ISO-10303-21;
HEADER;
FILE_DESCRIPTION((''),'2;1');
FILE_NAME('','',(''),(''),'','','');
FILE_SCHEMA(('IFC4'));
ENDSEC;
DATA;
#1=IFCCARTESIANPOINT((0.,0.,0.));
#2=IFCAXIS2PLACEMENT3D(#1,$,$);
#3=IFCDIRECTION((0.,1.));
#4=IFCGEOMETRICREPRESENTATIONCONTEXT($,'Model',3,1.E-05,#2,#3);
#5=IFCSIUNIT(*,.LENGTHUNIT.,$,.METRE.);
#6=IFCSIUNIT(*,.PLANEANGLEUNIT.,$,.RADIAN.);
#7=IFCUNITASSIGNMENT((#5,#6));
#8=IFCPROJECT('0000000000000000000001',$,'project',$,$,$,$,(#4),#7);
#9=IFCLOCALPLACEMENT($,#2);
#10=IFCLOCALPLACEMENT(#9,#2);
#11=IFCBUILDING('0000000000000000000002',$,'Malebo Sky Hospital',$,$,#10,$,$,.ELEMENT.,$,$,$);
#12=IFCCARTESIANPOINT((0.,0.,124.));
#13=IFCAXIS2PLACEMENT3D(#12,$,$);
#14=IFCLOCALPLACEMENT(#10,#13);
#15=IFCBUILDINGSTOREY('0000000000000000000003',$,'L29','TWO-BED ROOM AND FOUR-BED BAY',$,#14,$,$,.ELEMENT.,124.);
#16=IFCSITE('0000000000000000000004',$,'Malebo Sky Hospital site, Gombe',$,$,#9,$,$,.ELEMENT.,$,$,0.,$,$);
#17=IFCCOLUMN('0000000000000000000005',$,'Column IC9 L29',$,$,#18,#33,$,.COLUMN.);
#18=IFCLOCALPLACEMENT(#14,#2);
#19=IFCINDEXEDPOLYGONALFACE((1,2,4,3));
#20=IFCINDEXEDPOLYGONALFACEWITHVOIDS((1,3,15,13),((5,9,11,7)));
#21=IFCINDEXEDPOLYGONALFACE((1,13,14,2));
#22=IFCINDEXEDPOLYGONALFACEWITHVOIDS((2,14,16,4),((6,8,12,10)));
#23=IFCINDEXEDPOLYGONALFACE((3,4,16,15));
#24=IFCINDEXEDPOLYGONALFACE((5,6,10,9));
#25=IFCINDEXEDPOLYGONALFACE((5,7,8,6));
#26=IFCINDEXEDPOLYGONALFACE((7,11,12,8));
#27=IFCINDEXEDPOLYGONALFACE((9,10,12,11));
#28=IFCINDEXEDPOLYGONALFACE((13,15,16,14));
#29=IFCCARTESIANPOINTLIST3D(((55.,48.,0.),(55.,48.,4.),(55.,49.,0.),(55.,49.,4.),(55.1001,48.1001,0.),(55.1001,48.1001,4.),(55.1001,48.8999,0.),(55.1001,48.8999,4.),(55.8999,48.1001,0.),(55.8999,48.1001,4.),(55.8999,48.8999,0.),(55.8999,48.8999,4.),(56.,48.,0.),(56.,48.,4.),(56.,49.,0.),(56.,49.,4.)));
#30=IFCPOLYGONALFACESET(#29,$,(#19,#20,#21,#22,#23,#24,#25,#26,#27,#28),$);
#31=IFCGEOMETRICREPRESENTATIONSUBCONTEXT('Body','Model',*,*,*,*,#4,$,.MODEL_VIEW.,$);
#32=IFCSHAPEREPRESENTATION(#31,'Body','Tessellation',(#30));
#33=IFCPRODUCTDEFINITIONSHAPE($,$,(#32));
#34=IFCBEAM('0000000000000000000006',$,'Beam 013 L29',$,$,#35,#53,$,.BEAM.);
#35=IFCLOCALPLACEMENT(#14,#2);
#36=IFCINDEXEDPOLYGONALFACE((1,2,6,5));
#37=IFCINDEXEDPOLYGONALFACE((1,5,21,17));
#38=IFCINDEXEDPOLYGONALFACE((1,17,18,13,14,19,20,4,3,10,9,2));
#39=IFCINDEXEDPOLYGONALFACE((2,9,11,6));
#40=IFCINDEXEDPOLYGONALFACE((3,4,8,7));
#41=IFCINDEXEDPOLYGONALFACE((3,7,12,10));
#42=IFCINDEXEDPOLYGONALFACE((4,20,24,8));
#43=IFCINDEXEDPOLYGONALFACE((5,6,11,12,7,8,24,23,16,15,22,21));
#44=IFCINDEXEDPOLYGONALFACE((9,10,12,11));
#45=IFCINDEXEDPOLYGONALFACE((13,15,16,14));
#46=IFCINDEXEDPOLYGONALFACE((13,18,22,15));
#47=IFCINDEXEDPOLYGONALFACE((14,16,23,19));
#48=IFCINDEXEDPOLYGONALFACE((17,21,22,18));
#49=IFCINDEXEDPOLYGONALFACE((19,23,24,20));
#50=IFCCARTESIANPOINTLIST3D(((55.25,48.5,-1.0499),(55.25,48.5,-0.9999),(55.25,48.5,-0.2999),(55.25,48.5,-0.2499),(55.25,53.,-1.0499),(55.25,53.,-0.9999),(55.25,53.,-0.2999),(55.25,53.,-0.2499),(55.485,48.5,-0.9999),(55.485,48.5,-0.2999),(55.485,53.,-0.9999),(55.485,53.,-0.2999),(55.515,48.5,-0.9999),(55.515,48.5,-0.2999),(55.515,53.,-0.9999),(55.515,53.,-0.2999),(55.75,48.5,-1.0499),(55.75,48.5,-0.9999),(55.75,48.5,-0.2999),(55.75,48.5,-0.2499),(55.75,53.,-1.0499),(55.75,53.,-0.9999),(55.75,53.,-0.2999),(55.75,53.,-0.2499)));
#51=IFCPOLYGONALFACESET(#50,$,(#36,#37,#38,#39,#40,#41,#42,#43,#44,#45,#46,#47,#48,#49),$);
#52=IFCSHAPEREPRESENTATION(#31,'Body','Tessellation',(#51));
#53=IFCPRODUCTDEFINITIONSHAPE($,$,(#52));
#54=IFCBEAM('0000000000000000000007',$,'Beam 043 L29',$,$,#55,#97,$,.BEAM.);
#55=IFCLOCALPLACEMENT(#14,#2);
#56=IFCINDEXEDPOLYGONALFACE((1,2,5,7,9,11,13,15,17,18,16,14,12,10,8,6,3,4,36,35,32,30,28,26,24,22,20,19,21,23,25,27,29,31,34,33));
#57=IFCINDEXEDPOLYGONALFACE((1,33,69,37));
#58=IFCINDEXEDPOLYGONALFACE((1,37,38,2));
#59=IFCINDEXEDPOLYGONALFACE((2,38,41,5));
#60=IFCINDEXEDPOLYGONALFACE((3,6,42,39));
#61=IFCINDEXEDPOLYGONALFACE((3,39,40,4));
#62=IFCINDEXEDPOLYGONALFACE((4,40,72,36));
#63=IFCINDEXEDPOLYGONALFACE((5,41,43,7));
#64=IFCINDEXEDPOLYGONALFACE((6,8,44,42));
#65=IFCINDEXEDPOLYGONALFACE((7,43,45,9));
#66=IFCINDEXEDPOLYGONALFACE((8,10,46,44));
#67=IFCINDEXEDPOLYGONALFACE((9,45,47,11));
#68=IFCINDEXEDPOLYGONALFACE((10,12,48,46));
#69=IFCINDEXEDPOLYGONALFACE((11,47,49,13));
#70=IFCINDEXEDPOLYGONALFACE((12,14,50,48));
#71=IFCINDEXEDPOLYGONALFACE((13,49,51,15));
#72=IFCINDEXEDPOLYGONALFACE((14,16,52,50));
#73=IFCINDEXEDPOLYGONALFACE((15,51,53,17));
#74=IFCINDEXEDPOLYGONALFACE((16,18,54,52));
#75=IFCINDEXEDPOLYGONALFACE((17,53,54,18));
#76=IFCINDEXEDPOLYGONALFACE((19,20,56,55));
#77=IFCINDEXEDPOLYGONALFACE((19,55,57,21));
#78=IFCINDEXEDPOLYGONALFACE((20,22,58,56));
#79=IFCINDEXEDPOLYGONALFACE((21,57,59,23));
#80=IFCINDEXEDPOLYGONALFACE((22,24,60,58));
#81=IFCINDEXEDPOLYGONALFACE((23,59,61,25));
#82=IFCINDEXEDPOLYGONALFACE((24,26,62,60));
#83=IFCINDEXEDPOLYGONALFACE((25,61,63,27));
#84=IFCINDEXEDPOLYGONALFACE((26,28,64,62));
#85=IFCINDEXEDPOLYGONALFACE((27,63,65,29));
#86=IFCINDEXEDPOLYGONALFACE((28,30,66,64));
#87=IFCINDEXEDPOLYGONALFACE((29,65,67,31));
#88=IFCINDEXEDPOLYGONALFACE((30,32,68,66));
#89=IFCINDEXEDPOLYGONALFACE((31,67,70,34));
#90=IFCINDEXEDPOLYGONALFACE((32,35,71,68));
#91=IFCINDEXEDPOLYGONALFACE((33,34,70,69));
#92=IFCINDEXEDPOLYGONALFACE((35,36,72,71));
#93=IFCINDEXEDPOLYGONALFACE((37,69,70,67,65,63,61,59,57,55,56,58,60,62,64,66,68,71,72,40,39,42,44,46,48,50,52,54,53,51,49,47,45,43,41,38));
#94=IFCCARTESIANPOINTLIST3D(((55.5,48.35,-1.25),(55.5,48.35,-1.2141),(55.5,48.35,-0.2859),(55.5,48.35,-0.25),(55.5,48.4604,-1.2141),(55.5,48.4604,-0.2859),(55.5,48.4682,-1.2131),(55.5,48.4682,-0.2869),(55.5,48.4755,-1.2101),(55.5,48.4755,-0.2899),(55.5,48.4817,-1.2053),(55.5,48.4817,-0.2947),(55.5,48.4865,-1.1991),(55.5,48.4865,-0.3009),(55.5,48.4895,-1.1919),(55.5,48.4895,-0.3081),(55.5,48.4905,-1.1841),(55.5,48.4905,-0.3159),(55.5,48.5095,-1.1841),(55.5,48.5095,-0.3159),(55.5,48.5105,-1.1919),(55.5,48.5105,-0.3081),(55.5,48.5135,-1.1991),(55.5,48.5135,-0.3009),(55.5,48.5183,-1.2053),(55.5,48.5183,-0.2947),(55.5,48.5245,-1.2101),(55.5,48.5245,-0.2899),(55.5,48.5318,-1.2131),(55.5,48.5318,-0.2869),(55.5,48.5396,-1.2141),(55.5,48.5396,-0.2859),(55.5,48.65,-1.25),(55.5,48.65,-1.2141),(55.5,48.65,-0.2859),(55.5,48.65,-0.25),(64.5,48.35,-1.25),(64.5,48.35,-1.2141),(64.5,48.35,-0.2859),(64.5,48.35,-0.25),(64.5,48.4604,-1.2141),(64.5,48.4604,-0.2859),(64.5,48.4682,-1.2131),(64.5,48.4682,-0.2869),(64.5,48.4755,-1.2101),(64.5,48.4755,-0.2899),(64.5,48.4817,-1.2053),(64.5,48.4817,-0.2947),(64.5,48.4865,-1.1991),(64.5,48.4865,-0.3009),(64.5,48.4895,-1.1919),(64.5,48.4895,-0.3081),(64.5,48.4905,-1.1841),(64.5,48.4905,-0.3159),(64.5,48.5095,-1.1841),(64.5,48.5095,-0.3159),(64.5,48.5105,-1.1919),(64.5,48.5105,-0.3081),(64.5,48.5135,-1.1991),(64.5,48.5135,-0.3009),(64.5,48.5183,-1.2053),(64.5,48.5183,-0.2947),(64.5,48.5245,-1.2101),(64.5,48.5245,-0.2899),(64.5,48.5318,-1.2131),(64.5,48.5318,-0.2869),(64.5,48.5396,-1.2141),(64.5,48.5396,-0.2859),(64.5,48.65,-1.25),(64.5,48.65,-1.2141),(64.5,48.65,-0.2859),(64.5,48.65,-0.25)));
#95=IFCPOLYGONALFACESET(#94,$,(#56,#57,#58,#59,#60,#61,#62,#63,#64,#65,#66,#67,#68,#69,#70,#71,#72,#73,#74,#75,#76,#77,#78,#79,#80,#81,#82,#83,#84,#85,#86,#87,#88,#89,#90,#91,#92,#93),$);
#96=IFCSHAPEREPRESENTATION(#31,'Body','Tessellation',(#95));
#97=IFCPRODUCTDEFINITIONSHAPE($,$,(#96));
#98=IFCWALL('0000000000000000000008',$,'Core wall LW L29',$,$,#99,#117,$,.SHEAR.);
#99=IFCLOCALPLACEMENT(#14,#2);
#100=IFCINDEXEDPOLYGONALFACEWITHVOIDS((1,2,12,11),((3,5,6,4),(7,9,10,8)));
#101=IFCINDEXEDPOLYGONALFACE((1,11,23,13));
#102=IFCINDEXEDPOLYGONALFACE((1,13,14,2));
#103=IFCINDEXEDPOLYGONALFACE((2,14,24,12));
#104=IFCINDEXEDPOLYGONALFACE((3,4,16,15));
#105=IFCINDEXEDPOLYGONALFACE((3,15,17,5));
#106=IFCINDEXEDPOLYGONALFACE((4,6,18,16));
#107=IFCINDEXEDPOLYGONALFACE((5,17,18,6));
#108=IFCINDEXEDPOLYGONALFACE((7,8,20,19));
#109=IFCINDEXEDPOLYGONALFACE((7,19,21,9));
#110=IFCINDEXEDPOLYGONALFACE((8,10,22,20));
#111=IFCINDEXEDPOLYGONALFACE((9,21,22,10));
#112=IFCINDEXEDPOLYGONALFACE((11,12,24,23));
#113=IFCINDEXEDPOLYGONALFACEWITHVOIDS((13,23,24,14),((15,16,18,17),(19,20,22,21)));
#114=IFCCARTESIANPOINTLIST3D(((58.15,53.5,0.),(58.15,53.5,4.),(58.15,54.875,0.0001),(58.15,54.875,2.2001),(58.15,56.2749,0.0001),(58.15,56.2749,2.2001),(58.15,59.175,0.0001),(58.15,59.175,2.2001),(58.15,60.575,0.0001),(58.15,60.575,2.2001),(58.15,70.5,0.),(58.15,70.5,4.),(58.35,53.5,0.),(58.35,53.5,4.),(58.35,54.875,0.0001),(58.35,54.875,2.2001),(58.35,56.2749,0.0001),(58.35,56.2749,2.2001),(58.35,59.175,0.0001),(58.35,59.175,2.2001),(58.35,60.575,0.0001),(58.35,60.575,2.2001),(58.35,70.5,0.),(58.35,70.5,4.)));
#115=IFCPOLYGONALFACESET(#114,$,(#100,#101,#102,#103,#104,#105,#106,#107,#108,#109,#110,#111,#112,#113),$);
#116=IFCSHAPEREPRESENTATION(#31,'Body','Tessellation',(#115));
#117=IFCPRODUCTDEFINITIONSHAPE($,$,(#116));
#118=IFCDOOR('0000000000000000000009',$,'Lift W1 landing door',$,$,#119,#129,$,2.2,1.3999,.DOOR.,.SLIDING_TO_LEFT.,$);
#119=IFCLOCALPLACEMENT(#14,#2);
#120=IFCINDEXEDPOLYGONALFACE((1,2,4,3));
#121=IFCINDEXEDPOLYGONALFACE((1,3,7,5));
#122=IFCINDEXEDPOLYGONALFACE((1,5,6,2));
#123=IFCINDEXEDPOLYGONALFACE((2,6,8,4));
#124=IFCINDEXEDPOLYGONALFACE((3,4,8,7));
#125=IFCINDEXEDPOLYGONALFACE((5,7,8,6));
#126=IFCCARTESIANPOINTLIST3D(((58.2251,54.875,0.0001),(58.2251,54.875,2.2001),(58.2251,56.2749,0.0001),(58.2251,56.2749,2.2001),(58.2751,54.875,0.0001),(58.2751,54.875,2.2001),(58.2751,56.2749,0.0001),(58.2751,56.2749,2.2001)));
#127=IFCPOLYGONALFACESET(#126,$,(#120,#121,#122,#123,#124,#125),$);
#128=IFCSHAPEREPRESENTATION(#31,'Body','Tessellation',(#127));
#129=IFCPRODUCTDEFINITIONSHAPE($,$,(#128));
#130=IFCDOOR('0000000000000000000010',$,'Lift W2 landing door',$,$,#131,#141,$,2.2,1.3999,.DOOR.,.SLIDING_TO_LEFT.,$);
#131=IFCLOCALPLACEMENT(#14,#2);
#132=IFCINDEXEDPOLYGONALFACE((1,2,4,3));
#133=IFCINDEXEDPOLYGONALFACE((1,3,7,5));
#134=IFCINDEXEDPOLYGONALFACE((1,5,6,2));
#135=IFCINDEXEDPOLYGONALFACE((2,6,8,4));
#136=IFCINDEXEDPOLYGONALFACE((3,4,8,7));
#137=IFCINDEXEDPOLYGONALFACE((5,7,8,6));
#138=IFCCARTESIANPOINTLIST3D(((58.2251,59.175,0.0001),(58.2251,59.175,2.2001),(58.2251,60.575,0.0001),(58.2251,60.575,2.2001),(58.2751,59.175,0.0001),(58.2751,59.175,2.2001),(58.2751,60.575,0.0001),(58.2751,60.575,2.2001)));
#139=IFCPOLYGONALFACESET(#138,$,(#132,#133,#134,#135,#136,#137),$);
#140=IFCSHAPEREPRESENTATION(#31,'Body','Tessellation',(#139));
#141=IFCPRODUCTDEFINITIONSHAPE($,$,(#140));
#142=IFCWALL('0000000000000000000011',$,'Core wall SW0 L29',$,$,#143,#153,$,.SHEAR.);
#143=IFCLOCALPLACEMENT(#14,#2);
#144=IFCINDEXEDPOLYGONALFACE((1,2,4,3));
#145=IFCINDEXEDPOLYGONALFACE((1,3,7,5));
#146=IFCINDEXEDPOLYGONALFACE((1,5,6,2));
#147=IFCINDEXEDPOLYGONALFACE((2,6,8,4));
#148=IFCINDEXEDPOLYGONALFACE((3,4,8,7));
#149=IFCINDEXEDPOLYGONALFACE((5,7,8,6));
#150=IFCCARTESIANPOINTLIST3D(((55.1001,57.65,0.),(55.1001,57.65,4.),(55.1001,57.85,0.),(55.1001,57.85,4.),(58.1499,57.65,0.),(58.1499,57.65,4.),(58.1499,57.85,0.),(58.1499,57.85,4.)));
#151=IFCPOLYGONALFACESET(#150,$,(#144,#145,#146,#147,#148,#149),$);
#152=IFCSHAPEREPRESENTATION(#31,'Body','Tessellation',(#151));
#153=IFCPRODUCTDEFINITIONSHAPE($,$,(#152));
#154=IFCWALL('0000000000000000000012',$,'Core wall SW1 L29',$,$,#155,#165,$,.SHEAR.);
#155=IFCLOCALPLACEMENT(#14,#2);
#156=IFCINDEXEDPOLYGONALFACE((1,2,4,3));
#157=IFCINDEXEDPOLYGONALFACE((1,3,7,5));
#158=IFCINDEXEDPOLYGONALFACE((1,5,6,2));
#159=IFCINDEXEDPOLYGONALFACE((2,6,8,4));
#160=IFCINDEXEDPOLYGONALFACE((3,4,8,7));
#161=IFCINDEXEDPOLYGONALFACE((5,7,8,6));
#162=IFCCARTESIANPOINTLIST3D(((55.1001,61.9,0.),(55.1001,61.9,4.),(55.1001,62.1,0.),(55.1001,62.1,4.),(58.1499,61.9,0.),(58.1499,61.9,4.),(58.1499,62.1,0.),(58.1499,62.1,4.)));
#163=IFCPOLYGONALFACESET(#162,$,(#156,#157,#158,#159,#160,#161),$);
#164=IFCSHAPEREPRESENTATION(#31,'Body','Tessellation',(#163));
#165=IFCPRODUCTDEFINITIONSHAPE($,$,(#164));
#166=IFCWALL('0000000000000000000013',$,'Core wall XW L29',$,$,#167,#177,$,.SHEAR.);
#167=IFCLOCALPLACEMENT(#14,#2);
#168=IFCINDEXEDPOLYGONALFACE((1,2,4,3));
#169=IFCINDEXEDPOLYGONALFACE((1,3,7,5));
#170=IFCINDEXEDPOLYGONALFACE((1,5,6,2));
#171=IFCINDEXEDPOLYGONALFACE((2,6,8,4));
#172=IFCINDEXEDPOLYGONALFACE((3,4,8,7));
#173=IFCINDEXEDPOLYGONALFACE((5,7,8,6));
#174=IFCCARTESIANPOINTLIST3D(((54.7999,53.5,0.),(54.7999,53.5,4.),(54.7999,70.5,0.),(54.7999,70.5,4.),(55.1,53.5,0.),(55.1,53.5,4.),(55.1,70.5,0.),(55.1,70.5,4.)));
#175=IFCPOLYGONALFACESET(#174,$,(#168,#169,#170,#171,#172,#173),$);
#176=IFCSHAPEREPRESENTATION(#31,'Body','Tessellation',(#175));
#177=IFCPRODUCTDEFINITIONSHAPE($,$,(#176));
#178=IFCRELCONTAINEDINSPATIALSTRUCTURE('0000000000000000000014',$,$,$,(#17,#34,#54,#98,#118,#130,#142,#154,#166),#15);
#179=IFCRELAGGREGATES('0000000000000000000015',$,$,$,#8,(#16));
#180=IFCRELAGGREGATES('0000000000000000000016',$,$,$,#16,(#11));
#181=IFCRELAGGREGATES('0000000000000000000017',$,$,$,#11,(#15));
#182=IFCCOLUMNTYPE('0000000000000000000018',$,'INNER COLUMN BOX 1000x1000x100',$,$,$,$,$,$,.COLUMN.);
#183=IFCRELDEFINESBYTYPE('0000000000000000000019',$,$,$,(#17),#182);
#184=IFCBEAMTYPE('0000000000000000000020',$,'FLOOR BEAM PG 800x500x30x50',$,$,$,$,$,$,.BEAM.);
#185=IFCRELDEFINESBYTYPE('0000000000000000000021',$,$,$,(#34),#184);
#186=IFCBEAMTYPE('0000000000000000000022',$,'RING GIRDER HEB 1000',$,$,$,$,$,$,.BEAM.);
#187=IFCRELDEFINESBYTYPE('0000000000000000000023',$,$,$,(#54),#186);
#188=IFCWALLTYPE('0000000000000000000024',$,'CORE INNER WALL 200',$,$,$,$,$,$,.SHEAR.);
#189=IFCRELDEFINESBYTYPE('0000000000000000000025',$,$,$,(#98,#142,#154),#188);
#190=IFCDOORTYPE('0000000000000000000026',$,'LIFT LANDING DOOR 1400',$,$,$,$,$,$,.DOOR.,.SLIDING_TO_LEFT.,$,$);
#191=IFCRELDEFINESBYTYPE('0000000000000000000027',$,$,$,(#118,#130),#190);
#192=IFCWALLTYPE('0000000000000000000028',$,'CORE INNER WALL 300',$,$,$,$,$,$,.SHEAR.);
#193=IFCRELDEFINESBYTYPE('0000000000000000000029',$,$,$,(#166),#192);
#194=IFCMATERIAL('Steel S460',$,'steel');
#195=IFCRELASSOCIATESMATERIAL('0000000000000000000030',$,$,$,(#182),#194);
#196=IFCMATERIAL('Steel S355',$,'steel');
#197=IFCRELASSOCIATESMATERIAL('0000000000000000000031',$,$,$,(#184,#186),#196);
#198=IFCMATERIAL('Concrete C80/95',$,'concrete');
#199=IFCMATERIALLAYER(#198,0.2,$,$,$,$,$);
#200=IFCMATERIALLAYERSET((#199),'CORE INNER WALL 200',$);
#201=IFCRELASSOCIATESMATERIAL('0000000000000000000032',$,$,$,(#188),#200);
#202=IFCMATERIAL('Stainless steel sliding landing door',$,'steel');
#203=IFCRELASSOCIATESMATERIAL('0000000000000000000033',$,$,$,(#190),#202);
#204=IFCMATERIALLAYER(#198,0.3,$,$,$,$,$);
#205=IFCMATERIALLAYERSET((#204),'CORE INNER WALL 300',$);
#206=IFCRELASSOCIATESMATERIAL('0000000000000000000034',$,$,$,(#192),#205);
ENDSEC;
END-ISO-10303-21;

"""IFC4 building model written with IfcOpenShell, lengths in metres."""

from ifc_helpers import new_model, si_unit, direction, frame, frame_2d, origin, origin_2d, place, context, subcontext, project, spatial, rectangle, hollow_rectangle, i_section, extrude, material, layer, layer_set, material_profile, profile_set, type_object, element, fill, save


model = new_model("IFC4")

# Units and contexts
model_context = context("Model", 3, precision=1e-05, world=origin(), true_north=direction((0.0, 1.0)))
body_context = subcontext(model_context, "Body", "Model", "MODEL_VIEW")
ifc_project = project(units=[si_unit("LENGTHUNIT", "METRE"), si_unit("PLANEANGLEUNIT", "RADIAN")], contexts=[model_context])

# Site, building, storey
site_placement = place(None, origin())
site = spatial("IfcSite", under=ifc_project, at=site_placement, Name="Malebo Sky Hospital site, Gombe", CompositionType="ELEMENT", RefElevation=0.0)
building_placement = place(site_placement, origin())
building = spatial("IfcBuilding", under=site, at=building_placement, Name="Malebo Sky Hospital", CompositionType="ELEMENT")
storey_placement = place(building_placement, frame((0.0, 0.0, 124.0)))
storey = spatial("IfcBuildingStorey", under=building, at=storey_placement, Name="L29", Description="TWO-BED ROOM AND FOUR-BED BAY", CompositionType="ELEMENT", Elevation=124.0)

# Column
ifc_material_1 = material(Name="Steel S460", Category="steel")
ifc_material_profile_1 = material_profile(ifc_material_1, hollow_rectangle(XDim=1.0, YDim=1.0, WallThickness=0.1001, at=origin_2d()), Name="BOX 1000x1000x100")
ifc_profile_set_1 = profile_set([ifc_material_profile_1], Name="Steel S460")
column_type = type_object("IfcColumnType", Name="INNER COLUMN BOX 1000x1000x100", PredefinedType="COLUMN", material=ifc_profile_set_1)
column_placement = place(storey_placement, frame((55.5, 48.5, 0.0), z_axis=(0.0, 0.0, 1.0), x_axis=(1.0, 0.0, 0.0)))
element("IfcColumn", 1, at=column_placement, inside=storey, type_object=column_type, Name="Column IC9 L29", PredefinedType="COLUMN", context=body_context, shape_type="SweptSolid", body=[
    extrude(hollow_rectangle(XDim=1.0, YDim=1.0, WallThickness=0.1001, at=origin_2d()), origin(), (0.0, 0.0, 1.0), 4.0),
])

# Beams
ifc_material_2 = material(Name="Steel S355", Category="steel")
ifc_material_profile_2 = material_profile(ifc_material_2, i_section(OverallWidth=0.5, OverallDepth=0.8, WebThickness=0.03, FlangeThickness=0.05, at=origin_2d()), Name="PG 800x500x30x50")
ifc_profile_set_2 = profile_set([ifc_material_profile_2], Name="Steel S355")
beam_type_1 = type_object("IfcBeamType", Name="FLOOR BEAM PG 800x500x30x50", PredefinedType="BEAM", material=ifc_profile_set_2)
beam_1_placement = place(storey_placement, frame((55.5, 48.5, -0.6499), z_axis=(0.0, 1.0, 0.0), x_axis=(-1.0, 0.0, 0.0)))
element("IfcBeam", 2, at=beam_1_placement, inside=storey, type_object=beam_type_1, Name="Beam 013 L29", PredefinedType="BEAM", context=body_context, shape_type="SweptSolid", body=[
    extrude(i_section(OverallWidth=0.5, OverallDepth=0.8, WebThickness=0.03, FlangeThickness=0.05, at=origin_2d()), origin(), (0.0, 0.0, 1.0), 4.5),
])
ifc_material_profile_3 = material_profile(ifc_material_2, i_section(OverallWidth=0.3, OverallDepth=1.0, WebThickness=0.019, FlangeThickness=0.0359, FilletRadius=0.03, at=origin_2d()), Name="HEB 1000")
ifc_profile_set_3 = profile_set([ifc_material_profile_3], Name="Steel S355")
beam_type_2 = type_object("IfcBeamType", Name="RING GIRDER HEB 1000", PredefinedType="BEAM", material=ifc_profile_set_3)
beam_2_placement = place(storey_placement, frame((55.5, 48.5, -0.75), z_axis=(1.0, 0.0, 0.0), x_axis=(0.0, 1.0, 0.0)))
element("IfcBeam", 3, at=beam_2_placement, inside=storey, type_object=beam_type_2, Name="Beam 043 L29", PredefinedType="BEAM", context=body_context, shape_type="SweptSolid", body=[
    extrude(i_section(OverallWidth=0.3, OverallDepth=1.0, WebThickness=0.019, FlangeThickness=0.0359, FilletRadius=0.03, at=origin_2d()), origin(), (0.0, 0.0, 1.0), 9.0),
])

# Wall, openings, doors
ifc_material_3 = material(Name="Concrete C80/95", Category="concrete")
ifc_layer_1 = layer(ifc_material_3, 0.2)
ifc_layer_set_1 = layer_set([ifc_layer_1], Name="CORE INNER WALL 200")
wall_type_1 = type_object("IfcWallType", Name="CORE INNER WALL 200", PredefinedType="SHEAR", material=ifc_layer_set_1)
wall_1_placement = place(storey_placement, frame((58.25, 53.5, 0.0), z_axis=(0.0, 0.0, 1.0), x_axis=(0.0, 1.0, 0.0)))
wall_1 = element("IfcWall", 4, at=wall_1_placement, inside=storey, type_object=wall_type_1, Name="Core wall LW L29", PredefinedType="SHEAR", context=body_context, shape_type="SweptSolid", body=[
    extrude(rectangle(XDim=17.0, YDim=0.2, at=frame_2d((8.5, 0.0))), origin(), (0.0, 0.0, 1.0), 4.0),
])
opening_1_placement = place(wall_1_placement, frame((1.375, 0.0, 0.0)))
opening_1 = element("IfcOpeningElement", 5, at=opening_1_placement, cuts=wall_1, PredefinedType="OPENING", context=body_context, shape_type="SweptSolid", body=[
    extrude(rectangle(XDim=1.3999, YDim=2.2, at=frame_2d((0.7, 1.1001))), frame((0.0, 0.1099, 0.0), z_axis=(0.0, -1.0, 0.0), x_axis=(1.0, 0.0, 0.0)), (0.0, 0.0, 1.0), 0.22),
])
opening_2_placement = place(wall_1_placement, frame((5.675, 0.0, 0.0)))
opening_2 = element("IfcOpeningElement", 6, at=opening_2_placement, cuts=wall_1, PredefinedType="OPENING", context=body_context, shape_type="SweptSolid", body=[
    extrude(rectangle(XDim=1.3999, YDim=2.2, at=frame_2d((0.7, 1.1001))), frame((0.0, 0.1099, 0.0), z_axis=(0.0, -1.0, 0.0), x_axis=(1.0, 0.0, 0.0)), (0.0, 0.0, 1.0), 0.22),
])
ifc_material_4 = material(Name="Stainless steel sliding landing door", Category="steel")
door_type_1 = type_object("IfcDoorType", Name="LIFT LANDING DOOR 1400", OperationType="SLIDING_TO_LEFT", PredefinedType="DOOR", material=ifc_material_4)
door_1_placement = place(opening_1_placement, origin())
door_1 = element("IfcDoor", 7, at=door_1_placement, inside=storey, type_object=door_type_1, Name="Lift W1 landing door", OperationType="SLIDING_TO_LEFT", OverallHeight=2.2, OverallWidth=1.3999, PredefinedType="DOOR", context=body_context, shape_type="SweptSolid", body=[
    extrude(rectangle(XDim=1.3999, YDim=2.2, at=frame_2d((0.7, 1.1001))), frame((0.0, 0.0249, 0.0), z_axis=(0.0, -1.0, 0.0), x_axis=(1.0, 0.0, 0.0)), (0.0, 0.0, 1.0), 0.05),
])
fill(opening_1, door_1)
door_2_placement = place(opening_2_placement, origin())
door_2 = element("IfcDoor", 8, at=door_2_placement, inside=storey, type_object=door_type_1, Name="Lift W2 landing door", OperationType="SLIDING_TO_LEFT", OverallHeight=2.2, OverallWidth=1.3999, PredefinedType="DOOR", context=body_context, shape_type="SweptSolid", body=[
    extrude(rectangle(XDim=1.3999, YDim=2.2, at=frame_2d((0.7, 1.1001))), frame((0.0, 0.0249, 0.0), z_axis=(0.0, -1.0, 0.0), x_axis=(1.0, 0.0, 0.0)), (0.0, 0.0, 1.0), 0.05),
])
fill(opening_2, door_2)

# Walls
for number, where, z_axis, x_axis, name in (
    (9, (55.1001, 57.75, 0.0), (0.0, 0.0, 1.0), (1.0, 0.0, 0.0), "Core wall SW0 L29"),
    (10, (55.1001, 62.0, 0.0), (0.0, 0.0, 1.0), (1.0, 0.0, 0.0), "Core wall SW1 L29"),
):
    element("IfcWall", number, at=place(storey_placement, frame(where, z_axis=z_axis, x_axis=x_axis)), inside=storey, type_object=wall_type_1, Name=name, PredefinedType="SHEAR", context=body_context, shape_type="SweptSolid", body=[
        extrude(rectangle(XDim=3.0498, YDim=0.2, at=frame_2d((1.5249, 0.0))), origin(), (0.0, 0.0, 1.0), 4.0),
    ])
ifc_layer_2 = layer(ifc_material_3, 0.3)
ifc_layer_set_2 = layer_set([ifc_layer_2], Name="CORE INNER WALL 300")
wall_type_2 = type_object("IfcWallType", Name="CORE INNER WALL 300", PredefinedType="SHEAR", material=ifc_layer_set_2)
wall_2_placement = place(storey_placement, frame((54.95, 53.5, 0.0), z_axis=(0.0, 0.0, 1.0), x_axis=(0.0, 1.0, 0.0)))
element("IfcWall", 11, at=wall_2_placement, inside=storey, type_object=wall_type_2, Name="Core wall XW L29", PredefinedType="SHEAR", context=body_context, shape_type="SweptSolid", body=[
    extrude(rectangle(XDim=17.0, YDim=0.3, at=frame_2d((8.5, 0.0))), origin(), (0.0, 0.0, 1.0), 4.0),
])

save(model, "model.ifc")
